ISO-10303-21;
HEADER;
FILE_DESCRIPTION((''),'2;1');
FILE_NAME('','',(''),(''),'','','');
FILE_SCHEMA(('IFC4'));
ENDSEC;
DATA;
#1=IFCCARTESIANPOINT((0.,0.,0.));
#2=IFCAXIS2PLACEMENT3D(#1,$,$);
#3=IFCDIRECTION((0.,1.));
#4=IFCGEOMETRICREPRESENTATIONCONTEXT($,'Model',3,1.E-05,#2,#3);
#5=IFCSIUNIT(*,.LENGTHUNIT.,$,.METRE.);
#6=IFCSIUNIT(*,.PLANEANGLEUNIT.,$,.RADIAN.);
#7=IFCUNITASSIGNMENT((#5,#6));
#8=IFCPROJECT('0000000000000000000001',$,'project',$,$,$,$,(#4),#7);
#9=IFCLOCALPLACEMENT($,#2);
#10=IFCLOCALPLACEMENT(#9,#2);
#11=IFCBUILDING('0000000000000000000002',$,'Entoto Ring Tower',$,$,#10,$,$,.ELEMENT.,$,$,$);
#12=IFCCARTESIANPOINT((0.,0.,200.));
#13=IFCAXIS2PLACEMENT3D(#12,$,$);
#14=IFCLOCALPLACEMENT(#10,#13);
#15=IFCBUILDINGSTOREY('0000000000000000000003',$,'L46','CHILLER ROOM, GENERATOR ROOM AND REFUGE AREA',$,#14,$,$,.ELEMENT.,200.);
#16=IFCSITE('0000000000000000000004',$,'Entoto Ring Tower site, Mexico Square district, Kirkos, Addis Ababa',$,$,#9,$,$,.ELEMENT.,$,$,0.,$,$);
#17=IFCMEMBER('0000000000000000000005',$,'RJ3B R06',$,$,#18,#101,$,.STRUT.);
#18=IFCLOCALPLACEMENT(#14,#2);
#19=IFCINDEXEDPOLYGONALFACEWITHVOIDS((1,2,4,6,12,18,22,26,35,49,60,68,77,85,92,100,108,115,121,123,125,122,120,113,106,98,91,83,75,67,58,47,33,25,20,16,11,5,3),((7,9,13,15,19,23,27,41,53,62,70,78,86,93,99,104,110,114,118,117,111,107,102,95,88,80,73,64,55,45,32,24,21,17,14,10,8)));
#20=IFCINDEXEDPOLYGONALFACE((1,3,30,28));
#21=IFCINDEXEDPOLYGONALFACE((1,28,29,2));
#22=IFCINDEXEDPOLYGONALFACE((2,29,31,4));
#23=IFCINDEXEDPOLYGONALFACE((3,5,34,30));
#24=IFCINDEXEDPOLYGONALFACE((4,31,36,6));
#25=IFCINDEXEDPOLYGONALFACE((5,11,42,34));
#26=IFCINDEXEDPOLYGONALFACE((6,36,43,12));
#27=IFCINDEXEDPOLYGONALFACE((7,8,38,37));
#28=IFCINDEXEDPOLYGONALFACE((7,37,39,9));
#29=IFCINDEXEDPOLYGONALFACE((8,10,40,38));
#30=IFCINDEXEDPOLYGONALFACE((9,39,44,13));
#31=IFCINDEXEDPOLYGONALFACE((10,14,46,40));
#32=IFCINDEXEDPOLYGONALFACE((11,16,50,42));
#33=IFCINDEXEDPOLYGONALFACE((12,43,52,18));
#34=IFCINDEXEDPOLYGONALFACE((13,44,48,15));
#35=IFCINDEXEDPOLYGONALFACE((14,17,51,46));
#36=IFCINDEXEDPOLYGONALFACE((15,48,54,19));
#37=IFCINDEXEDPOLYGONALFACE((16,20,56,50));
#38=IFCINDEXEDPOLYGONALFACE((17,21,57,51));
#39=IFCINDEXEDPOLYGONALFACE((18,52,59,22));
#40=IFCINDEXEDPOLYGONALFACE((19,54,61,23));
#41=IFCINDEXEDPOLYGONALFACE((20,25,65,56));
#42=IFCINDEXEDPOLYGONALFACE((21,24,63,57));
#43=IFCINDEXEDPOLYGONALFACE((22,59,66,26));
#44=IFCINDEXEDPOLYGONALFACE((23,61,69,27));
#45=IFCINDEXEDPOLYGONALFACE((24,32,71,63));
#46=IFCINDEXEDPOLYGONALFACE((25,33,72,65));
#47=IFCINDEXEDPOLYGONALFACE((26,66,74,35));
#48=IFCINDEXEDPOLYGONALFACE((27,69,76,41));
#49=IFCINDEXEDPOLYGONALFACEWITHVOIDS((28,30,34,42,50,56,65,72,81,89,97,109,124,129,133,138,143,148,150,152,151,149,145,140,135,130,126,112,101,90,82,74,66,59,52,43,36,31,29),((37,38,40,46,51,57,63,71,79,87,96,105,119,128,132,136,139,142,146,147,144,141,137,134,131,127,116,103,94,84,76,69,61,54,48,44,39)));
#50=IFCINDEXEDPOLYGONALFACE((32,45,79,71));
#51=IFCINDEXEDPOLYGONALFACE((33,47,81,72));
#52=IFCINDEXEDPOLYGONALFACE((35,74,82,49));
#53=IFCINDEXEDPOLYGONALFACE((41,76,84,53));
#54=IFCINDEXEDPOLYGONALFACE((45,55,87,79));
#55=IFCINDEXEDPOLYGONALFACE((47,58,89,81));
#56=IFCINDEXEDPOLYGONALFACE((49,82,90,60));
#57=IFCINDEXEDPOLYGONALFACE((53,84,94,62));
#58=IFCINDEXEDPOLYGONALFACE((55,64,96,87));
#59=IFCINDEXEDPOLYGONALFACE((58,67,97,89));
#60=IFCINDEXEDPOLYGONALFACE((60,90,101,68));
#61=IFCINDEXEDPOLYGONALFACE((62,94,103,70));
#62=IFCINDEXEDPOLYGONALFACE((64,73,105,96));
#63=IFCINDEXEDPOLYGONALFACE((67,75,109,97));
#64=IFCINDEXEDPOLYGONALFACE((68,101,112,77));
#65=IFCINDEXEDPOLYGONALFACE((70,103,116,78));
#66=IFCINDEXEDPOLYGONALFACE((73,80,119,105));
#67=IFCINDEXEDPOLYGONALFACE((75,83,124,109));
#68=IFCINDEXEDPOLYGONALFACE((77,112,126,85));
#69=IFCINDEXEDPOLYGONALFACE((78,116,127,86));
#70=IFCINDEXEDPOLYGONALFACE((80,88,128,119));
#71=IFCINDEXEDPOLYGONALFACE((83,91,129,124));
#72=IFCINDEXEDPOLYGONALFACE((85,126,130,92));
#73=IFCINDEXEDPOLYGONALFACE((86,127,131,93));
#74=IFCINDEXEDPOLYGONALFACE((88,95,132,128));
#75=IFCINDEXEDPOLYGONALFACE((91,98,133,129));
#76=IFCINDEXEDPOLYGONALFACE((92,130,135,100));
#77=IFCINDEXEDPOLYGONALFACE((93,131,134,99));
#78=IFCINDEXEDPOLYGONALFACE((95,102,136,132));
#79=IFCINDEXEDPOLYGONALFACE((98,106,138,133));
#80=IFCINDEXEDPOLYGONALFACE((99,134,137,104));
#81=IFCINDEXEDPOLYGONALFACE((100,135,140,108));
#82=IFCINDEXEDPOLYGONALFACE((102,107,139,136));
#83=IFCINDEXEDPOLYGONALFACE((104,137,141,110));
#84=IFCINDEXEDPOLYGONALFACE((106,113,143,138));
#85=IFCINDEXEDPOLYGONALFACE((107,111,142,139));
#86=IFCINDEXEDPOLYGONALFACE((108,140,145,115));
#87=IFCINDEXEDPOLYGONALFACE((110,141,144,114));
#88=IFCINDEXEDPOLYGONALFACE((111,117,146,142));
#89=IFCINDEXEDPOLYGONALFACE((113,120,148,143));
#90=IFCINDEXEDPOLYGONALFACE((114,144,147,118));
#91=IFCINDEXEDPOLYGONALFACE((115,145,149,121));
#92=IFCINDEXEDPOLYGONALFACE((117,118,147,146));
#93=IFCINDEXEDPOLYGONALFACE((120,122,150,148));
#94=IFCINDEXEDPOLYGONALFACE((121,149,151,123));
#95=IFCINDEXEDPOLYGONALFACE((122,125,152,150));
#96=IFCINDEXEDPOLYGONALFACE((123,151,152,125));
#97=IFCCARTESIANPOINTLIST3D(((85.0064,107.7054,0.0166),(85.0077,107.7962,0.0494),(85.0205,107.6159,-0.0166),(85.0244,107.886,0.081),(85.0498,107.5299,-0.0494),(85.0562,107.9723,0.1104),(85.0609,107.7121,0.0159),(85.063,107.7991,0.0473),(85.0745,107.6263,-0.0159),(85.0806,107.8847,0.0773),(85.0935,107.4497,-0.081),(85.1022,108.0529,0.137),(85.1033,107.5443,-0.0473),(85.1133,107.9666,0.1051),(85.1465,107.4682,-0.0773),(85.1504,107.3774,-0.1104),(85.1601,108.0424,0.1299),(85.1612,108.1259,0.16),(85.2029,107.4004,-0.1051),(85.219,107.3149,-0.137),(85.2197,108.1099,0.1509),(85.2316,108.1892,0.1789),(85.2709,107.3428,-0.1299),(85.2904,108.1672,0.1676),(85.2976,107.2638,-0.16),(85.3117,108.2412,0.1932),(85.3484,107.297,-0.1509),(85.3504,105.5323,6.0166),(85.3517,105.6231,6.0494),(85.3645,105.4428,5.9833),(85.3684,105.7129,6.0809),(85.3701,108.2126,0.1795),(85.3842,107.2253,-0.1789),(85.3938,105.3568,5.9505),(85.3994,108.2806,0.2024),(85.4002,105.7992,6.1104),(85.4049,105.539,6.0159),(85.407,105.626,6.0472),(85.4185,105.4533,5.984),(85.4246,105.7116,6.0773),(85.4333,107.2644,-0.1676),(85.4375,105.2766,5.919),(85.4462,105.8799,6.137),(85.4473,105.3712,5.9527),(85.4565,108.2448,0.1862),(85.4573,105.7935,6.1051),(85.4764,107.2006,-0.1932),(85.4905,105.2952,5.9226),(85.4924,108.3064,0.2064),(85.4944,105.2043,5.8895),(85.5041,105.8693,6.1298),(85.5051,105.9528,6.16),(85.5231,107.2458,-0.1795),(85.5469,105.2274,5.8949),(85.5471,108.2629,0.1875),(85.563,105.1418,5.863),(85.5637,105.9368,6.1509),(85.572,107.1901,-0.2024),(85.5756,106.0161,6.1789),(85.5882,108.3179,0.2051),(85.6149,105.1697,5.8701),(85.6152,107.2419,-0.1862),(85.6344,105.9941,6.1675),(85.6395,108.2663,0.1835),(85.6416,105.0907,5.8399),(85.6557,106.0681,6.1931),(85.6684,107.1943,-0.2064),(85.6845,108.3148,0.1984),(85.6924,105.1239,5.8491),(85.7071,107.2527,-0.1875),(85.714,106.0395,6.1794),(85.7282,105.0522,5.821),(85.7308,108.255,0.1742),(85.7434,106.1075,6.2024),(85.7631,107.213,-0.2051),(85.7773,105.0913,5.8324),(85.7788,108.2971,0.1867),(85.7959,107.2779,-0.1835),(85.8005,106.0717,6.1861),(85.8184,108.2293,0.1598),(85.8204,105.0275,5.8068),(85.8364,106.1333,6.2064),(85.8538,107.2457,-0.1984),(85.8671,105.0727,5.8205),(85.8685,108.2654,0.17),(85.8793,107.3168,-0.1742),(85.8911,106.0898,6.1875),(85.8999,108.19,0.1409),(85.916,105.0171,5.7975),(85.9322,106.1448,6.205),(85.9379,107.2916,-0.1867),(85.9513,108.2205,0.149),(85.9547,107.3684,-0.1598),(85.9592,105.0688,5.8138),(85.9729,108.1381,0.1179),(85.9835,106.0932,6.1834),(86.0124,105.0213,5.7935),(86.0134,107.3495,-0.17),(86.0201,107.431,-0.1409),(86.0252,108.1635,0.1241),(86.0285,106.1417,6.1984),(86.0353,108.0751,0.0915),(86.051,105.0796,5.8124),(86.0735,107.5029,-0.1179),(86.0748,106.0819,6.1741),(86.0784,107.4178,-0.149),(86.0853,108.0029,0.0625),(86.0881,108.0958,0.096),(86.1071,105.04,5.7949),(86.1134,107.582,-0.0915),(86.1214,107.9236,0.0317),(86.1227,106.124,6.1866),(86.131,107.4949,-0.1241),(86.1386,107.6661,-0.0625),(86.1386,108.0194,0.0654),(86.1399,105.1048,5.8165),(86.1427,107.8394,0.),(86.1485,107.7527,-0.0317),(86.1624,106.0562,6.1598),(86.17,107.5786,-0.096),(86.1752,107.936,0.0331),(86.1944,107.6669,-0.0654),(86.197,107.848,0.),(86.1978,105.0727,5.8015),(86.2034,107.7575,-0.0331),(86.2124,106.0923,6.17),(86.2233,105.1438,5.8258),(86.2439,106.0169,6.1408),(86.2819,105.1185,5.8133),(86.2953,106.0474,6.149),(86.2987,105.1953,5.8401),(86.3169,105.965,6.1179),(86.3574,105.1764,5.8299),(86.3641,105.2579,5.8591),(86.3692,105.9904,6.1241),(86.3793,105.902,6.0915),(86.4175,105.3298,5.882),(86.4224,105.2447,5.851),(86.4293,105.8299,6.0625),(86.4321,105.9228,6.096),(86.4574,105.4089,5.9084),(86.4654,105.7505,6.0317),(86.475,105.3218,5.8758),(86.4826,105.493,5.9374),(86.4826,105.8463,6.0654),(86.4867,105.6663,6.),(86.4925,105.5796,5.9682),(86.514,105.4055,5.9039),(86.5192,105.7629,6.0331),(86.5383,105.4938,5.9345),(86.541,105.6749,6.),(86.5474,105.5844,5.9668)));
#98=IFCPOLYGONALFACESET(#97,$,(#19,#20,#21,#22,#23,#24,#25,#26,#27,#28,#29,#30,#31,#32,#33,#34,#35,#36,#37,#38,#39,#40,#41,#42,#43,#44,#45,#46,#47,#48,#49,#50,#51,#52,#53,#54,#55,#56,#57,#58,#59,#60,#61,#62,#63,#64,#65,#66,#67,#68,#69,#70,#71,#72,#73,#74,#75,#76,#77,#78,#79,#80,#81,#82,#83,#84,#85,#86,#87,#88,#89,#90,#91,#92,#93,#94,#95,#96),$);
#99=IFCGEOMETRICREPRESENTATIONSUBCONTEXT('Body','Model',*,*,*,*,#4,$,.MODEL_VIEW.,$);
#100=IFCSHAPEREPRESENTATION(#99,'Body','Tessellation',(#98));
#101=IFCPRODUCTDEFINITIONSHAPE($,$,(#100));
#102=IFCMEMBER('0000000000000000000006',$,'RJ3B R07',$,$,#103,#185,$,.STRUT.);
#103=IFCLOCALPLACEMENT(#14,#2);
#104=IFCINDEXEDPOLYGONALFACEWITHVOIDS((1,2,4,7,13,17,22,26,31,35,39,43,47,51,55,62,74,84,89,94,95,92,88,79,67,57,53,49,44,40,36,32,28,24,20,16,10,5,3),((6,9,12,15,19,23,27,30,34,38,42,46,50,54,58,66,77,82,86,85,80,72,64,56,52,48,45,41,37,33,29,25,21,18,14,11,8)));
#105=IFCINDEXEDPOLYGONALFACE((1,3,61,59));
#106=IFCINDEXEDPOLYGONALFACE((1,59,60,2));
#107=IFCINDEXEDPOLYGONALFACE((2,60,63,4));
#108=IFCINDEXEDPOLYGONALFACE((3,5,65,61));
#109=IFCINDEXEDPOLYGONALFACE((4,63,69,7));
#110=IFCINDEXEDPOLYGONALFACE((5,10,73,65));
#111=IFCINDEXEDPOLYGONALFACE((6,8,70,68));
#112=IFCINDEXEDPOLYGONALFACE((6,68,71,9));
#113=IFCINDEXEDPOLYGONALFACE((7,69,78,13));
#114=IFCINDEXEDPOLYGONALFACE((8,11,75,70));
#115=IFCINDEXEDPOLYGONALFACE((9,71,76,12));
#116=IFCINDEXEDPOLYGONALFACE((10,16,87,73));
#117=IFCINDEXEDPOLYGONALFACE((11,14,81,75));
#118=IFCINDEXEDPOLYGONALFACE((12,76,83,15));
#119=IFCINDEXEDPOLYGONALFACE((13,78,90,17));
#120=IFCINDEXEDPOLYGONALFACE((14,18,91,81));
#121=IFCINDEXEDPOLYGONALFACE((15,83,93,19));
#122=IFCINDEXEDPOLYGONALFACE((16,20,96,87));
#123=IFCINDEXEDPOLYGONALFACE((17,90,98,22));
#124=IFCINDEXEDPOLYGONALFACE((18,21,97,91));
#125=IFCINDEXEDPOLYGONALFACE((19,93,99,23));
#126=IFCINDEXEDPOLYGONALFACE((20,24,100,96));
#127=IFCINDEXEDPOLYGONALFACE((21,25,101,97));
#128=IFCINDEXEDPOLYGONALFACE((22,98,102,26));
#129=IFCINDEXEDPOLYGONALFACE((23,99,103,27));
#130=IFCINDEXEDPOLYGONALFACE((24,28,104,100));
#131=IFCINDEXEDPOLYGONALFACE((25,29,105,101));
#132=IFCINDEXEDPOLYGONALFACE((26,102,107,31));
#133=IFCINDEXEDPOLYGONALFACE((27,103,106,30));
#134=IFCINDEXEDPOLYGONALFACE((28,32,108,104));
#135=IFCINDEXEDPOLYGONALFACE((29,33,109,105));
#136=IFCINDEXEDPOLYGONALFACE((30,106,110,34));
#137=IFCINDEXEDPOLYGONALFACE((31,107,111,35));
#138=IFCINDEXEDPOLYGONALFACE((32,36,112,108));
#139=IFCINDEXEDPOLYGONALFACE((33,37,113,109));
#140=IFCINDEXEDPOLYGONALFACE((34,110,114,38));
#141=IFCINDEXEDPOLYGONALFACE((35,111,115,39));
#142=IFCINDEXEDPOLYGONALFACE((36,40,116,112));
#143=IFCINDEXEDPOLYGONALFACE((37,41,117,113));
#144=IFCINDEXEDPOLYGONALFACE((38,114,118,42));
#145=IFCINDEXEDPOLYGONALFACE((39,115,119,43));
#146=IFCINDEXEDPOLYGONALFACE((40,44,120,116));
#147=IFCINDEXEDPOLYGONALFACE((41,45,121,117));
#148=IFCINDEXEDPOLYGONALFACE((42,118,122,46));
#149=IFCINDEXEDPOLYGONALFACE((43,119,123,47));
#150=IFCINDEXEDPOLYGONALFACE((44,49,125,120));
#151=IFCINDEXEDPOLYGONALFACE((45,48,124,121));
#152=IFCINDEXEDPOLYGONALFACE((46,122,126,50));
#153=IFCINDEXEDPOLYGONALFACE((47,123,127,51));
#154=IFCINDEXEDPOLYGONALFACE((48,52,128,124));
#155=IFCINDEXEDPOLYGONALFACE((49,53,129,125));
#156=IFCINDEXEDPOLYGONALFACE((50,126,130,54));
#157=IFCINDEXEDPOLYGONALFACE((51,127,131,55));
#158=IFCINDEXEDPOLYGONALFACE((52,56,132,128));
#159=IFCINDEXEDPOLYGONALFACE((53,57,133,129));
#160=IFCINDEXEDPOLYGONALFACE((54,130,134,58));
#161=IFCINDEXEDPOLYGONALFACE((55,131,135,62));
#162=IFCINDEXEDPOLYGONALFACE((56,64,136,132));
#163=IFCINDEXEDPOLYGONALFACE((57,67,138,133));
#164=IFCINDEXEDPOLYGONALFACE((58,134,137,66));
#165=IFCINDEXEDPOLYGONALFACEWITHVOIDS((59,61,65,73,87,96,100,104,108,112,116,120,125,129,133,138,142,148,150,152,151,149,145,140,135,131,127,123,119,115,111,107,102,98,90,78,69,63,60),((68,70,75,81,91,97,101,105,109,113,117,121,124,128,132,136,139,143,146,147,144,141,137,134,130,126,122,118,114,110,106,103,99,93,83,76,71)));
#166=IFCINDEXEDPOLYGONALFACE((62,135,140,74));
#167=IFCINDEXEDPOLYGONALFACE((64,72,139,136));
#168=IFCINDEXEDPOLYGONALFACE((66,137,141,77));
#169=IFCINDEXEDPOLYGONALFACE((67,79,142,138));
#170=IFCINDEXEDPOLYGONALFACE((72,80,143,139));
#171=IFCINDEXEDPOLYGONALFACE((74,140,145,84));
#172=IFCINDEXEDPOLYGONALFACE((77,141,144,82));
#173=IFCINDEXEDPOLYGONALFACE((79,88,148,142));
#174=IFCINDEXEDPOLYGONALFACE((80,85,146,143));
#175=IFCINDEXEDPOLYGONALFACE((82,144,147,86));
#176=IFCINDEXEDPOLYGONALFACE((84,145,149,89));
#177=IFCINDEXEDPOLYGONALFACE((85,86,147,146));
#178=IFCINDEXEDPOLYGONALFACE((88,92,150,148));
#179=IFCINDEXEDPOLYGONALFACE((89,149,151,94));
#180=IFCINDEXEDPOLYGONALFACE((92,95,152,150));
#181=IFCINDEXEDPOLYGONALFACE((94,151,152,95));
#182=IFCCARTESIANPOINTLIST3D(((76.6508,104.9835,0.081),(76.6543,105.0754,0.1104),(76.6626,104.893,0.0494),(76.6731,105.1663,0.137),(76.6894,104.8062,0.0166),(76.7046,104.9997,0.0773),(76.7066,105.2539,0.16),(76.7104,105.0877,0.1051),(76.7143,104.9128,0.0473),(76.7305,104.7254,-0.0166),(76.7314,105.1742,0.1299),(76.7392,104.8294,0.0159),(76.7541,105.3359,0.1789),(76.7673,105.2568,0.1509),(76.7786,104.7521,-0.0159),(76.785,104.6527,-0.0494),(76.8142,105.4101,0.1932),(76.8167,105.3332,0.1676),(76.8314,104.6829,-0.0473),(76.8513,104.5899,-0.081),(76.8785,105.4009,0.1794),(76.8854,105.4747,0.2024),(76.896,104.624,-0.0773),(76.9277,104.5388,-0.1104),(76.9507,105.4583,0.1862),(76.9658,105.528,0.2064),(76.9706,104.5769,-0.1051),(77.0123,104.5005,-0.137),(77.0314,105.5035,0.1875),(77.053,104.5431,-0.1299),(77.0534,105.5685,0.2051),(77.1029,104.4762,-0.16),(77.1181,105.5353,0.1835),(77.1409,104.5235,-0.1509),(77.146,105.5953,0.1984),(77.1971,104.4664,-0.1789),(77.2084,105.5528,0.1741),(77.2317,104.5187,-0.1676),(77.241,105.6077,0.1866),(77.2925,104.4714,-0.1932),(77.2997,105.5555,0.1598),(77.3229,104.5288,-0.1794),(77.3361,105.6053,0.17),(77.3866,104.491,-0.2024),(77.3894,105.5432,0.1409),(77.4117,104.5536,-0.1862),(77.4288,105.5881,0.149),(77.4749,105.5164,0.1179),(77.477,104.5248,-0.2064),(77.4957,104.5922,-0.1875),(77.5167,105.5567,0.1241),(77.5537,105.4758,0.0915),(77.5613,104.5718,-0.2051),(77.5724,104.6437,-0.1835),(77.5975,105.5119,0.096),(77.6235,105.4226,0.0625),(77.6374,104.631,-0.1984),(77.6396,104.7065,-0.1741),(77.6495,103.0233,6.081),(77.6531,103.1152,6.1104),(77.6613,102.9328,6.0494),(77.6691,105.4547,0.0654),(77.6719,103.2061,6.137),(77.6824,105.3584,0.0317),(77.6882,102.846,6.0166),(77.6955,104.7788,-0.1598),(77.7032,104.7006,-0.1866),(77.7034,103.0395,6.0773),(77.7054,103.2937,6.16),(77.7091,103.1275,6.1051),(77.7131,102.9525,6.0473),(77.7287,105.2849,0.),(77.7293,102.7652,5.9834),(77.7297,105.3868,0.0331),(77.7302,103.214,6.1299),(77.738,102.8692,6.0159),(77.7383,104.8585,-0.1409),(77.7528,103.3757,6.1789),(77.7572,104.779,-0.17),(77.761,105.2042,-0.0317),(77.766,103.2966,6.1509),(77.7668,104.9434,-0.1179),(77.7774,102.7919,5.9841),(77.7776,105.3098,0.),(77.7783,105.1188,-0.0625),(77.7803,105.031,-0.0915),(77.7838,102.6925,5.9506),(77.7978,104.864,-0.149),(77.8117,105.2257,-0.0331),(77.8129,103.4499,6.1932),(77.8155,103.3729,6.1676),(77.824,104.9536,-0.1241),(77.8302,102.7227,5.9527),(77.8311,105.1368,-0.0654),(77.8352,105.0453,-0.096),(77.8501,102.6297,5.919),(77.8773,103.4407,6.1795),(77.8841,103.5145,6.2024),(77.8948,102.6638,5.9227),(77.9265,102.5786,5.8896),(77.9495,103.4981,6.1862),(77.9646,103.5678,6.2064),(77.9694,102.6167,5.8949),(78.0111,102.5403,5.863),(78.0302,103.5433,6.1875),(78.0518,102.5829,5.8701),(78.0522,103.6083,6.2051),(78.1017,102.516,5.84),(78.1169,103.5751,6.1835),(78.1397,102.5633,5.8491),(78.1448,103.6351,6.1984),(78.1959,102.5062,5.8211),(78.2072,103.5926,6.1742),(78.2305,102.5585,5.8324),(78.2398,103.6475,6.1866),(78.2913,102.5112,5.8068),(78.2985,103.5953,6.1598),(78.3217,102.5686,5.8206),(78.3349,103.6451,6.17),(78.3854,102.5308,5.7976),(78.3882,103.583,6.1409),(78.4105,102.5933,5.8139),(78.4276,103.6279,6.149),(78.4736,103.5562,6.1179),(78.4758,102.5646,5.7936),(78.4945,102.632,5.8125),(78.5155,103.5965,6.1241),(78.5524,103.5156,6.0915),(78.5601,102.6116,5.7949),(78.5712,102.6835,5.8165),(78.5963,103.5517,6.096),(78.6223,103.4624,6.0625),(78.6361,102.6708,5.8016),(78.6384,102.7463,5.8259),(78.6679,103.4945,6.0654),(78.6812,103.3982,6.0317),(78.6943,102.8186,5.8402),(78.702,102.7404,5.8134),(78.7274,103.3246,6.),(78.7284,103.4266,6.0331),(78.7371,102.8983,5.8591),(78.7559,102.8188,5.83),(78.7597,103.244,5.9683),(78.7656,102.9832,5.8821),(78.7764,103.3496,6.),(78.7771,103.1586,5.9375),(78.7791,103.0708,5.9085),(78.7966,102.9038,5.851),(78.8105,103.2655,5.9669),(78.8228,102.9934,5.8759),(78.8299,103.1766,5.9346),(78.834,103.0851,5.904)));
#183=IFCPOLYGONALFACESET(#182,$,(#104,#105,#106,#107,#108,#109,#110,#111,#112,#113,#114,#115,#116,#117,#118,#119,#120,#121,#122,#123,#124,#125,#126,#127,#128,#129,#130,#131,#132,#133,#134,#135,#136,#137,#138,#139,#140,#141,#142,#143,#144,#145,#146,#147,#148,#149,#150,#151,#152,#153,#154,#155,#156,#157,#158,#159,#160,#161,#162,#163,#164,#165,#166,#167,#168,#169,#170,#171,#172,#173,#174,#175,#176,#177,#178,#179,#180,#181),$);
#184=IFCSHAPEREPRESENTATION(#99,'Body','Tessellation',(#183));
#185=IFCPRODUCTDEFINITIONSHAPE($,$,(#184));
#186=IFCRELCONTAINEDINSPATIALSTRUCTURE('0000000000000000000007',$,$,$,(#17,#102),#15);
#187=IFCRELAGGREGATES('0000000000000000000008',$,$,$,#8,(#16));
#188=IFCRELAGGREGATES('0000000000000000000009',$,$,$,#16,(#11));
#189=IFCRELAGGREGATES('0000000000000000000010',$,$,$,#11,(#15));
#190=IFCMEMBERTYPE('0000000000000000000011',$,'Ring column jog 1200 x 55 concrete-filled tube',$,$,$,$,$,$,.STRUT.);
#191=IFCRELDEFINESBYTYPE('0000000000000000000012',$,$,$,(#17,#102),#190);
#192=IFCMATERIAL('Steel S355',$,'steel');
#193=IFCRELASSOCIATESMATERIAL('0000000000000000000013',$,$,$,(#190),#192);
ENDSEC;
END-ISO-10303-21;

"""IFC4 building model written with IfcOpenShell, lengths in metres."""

from ifc_helpers import new_model, si_unit, direction, frame, origin, origin_2d, place, context, subcontext, project, spatial, circle, hollow_circle, extrude, material, material_profile, profile_set, type_object, element, save


model = new_model("IFC4")

# Units and contexts
model_context = context("Model", 3, precision=1e-05, world=origin(), true_north=direction((0.0, 1.0)))
body_context = subcontext(model_context, "Body", "Model", "MODEL_VIEW")
ifc_project = project(units=[si_unit("LENGTHUNIT", "METRE"), si_unit("PLANEANGLEUNIT", "RADIAN")], contexts=[model_context])

# Site, building, storey
site_placement = place(None, origin())
site = spatial("IfcSite", under=ifc_project, at=site_placement, Name="Entoto Ring Tower site, Mexico Square district, Kirkos, Addis Ababa", CompositionType="ELEMENT", RefElevation=0.0)
building_placement = place(site_placement, origin())
building = spatial("IfcBuilding", under=site, at=building_placement, Name="Entoto Ring Tower", CompositionType="ELEMENT")
storey_placement = place(building_placement, frame((0.0, 0.0, 200.0)))
storey = spatial("IfcBuildingStorey", under=building, at=storey_placement, Name="L46", Description="CHILLER ROOM, GENERATOR ROOM AND REFUGE AREA", CompositionType="ELEMENT", Elevation=200.0)

# Members
ifc_material_1 = material(Name="Steel S355", Category="steel")
ifc_material_profile_1 = material_profile(ifc_material_1, hollow_circle(Radius=0.6001, WallThickness=0.0549, at=origin_2d()), Name="CHS 1200 x 55")
ifc_material_2 = material(Name="Concrete C60/75", Category="concrete")
ifc_material_profile_2 = material_profile(ifc_material_2, circle(Radius=0.5449, at=origin_2d()), Name="Concrete C60/75 infill")
ifc_profile_set_1 = profile_set([ifc_material_profile_1, ifc_material_profile_2], Name="Steel S355")
member_type_1 = type_object("IfcMemberType", Name="Ring column jog 1200 x 55 concrete-filled tube", PredefinedType="STRUT", material=ifc_profile_set_1)
for number, where, z_axis, x_axis, name in (
    (1, (85.6042, 107.7542, 0.0), (0.053828, -0.340042, 0.938869), (0.987702, 0.15635, 0.0), "RJ3B R06"),
    (2, (77.2429, 105.0374, 0.0), (0.156288, -0.306732, 0.938877), (0.891006, 0.453992, 0.0), "RJ3B R07"),
):
    element("IfcMember", number, at=place(storey_placement, frame(where, z_axis=z_axis, x_axis=x_axis)), inside=storey, type_object=member_type_1, Name=name, PredefinedType="STRUT", context=body_context, shape_type="SweptSolid", body=[
        extrude(hollow_circle(Radius=0.6001, WallThickness=0.0549, at=origin_2d()), origin(), (0.0, 0.0, 1.0), 6.3906),
    ])

save(model, "model.ifc")
